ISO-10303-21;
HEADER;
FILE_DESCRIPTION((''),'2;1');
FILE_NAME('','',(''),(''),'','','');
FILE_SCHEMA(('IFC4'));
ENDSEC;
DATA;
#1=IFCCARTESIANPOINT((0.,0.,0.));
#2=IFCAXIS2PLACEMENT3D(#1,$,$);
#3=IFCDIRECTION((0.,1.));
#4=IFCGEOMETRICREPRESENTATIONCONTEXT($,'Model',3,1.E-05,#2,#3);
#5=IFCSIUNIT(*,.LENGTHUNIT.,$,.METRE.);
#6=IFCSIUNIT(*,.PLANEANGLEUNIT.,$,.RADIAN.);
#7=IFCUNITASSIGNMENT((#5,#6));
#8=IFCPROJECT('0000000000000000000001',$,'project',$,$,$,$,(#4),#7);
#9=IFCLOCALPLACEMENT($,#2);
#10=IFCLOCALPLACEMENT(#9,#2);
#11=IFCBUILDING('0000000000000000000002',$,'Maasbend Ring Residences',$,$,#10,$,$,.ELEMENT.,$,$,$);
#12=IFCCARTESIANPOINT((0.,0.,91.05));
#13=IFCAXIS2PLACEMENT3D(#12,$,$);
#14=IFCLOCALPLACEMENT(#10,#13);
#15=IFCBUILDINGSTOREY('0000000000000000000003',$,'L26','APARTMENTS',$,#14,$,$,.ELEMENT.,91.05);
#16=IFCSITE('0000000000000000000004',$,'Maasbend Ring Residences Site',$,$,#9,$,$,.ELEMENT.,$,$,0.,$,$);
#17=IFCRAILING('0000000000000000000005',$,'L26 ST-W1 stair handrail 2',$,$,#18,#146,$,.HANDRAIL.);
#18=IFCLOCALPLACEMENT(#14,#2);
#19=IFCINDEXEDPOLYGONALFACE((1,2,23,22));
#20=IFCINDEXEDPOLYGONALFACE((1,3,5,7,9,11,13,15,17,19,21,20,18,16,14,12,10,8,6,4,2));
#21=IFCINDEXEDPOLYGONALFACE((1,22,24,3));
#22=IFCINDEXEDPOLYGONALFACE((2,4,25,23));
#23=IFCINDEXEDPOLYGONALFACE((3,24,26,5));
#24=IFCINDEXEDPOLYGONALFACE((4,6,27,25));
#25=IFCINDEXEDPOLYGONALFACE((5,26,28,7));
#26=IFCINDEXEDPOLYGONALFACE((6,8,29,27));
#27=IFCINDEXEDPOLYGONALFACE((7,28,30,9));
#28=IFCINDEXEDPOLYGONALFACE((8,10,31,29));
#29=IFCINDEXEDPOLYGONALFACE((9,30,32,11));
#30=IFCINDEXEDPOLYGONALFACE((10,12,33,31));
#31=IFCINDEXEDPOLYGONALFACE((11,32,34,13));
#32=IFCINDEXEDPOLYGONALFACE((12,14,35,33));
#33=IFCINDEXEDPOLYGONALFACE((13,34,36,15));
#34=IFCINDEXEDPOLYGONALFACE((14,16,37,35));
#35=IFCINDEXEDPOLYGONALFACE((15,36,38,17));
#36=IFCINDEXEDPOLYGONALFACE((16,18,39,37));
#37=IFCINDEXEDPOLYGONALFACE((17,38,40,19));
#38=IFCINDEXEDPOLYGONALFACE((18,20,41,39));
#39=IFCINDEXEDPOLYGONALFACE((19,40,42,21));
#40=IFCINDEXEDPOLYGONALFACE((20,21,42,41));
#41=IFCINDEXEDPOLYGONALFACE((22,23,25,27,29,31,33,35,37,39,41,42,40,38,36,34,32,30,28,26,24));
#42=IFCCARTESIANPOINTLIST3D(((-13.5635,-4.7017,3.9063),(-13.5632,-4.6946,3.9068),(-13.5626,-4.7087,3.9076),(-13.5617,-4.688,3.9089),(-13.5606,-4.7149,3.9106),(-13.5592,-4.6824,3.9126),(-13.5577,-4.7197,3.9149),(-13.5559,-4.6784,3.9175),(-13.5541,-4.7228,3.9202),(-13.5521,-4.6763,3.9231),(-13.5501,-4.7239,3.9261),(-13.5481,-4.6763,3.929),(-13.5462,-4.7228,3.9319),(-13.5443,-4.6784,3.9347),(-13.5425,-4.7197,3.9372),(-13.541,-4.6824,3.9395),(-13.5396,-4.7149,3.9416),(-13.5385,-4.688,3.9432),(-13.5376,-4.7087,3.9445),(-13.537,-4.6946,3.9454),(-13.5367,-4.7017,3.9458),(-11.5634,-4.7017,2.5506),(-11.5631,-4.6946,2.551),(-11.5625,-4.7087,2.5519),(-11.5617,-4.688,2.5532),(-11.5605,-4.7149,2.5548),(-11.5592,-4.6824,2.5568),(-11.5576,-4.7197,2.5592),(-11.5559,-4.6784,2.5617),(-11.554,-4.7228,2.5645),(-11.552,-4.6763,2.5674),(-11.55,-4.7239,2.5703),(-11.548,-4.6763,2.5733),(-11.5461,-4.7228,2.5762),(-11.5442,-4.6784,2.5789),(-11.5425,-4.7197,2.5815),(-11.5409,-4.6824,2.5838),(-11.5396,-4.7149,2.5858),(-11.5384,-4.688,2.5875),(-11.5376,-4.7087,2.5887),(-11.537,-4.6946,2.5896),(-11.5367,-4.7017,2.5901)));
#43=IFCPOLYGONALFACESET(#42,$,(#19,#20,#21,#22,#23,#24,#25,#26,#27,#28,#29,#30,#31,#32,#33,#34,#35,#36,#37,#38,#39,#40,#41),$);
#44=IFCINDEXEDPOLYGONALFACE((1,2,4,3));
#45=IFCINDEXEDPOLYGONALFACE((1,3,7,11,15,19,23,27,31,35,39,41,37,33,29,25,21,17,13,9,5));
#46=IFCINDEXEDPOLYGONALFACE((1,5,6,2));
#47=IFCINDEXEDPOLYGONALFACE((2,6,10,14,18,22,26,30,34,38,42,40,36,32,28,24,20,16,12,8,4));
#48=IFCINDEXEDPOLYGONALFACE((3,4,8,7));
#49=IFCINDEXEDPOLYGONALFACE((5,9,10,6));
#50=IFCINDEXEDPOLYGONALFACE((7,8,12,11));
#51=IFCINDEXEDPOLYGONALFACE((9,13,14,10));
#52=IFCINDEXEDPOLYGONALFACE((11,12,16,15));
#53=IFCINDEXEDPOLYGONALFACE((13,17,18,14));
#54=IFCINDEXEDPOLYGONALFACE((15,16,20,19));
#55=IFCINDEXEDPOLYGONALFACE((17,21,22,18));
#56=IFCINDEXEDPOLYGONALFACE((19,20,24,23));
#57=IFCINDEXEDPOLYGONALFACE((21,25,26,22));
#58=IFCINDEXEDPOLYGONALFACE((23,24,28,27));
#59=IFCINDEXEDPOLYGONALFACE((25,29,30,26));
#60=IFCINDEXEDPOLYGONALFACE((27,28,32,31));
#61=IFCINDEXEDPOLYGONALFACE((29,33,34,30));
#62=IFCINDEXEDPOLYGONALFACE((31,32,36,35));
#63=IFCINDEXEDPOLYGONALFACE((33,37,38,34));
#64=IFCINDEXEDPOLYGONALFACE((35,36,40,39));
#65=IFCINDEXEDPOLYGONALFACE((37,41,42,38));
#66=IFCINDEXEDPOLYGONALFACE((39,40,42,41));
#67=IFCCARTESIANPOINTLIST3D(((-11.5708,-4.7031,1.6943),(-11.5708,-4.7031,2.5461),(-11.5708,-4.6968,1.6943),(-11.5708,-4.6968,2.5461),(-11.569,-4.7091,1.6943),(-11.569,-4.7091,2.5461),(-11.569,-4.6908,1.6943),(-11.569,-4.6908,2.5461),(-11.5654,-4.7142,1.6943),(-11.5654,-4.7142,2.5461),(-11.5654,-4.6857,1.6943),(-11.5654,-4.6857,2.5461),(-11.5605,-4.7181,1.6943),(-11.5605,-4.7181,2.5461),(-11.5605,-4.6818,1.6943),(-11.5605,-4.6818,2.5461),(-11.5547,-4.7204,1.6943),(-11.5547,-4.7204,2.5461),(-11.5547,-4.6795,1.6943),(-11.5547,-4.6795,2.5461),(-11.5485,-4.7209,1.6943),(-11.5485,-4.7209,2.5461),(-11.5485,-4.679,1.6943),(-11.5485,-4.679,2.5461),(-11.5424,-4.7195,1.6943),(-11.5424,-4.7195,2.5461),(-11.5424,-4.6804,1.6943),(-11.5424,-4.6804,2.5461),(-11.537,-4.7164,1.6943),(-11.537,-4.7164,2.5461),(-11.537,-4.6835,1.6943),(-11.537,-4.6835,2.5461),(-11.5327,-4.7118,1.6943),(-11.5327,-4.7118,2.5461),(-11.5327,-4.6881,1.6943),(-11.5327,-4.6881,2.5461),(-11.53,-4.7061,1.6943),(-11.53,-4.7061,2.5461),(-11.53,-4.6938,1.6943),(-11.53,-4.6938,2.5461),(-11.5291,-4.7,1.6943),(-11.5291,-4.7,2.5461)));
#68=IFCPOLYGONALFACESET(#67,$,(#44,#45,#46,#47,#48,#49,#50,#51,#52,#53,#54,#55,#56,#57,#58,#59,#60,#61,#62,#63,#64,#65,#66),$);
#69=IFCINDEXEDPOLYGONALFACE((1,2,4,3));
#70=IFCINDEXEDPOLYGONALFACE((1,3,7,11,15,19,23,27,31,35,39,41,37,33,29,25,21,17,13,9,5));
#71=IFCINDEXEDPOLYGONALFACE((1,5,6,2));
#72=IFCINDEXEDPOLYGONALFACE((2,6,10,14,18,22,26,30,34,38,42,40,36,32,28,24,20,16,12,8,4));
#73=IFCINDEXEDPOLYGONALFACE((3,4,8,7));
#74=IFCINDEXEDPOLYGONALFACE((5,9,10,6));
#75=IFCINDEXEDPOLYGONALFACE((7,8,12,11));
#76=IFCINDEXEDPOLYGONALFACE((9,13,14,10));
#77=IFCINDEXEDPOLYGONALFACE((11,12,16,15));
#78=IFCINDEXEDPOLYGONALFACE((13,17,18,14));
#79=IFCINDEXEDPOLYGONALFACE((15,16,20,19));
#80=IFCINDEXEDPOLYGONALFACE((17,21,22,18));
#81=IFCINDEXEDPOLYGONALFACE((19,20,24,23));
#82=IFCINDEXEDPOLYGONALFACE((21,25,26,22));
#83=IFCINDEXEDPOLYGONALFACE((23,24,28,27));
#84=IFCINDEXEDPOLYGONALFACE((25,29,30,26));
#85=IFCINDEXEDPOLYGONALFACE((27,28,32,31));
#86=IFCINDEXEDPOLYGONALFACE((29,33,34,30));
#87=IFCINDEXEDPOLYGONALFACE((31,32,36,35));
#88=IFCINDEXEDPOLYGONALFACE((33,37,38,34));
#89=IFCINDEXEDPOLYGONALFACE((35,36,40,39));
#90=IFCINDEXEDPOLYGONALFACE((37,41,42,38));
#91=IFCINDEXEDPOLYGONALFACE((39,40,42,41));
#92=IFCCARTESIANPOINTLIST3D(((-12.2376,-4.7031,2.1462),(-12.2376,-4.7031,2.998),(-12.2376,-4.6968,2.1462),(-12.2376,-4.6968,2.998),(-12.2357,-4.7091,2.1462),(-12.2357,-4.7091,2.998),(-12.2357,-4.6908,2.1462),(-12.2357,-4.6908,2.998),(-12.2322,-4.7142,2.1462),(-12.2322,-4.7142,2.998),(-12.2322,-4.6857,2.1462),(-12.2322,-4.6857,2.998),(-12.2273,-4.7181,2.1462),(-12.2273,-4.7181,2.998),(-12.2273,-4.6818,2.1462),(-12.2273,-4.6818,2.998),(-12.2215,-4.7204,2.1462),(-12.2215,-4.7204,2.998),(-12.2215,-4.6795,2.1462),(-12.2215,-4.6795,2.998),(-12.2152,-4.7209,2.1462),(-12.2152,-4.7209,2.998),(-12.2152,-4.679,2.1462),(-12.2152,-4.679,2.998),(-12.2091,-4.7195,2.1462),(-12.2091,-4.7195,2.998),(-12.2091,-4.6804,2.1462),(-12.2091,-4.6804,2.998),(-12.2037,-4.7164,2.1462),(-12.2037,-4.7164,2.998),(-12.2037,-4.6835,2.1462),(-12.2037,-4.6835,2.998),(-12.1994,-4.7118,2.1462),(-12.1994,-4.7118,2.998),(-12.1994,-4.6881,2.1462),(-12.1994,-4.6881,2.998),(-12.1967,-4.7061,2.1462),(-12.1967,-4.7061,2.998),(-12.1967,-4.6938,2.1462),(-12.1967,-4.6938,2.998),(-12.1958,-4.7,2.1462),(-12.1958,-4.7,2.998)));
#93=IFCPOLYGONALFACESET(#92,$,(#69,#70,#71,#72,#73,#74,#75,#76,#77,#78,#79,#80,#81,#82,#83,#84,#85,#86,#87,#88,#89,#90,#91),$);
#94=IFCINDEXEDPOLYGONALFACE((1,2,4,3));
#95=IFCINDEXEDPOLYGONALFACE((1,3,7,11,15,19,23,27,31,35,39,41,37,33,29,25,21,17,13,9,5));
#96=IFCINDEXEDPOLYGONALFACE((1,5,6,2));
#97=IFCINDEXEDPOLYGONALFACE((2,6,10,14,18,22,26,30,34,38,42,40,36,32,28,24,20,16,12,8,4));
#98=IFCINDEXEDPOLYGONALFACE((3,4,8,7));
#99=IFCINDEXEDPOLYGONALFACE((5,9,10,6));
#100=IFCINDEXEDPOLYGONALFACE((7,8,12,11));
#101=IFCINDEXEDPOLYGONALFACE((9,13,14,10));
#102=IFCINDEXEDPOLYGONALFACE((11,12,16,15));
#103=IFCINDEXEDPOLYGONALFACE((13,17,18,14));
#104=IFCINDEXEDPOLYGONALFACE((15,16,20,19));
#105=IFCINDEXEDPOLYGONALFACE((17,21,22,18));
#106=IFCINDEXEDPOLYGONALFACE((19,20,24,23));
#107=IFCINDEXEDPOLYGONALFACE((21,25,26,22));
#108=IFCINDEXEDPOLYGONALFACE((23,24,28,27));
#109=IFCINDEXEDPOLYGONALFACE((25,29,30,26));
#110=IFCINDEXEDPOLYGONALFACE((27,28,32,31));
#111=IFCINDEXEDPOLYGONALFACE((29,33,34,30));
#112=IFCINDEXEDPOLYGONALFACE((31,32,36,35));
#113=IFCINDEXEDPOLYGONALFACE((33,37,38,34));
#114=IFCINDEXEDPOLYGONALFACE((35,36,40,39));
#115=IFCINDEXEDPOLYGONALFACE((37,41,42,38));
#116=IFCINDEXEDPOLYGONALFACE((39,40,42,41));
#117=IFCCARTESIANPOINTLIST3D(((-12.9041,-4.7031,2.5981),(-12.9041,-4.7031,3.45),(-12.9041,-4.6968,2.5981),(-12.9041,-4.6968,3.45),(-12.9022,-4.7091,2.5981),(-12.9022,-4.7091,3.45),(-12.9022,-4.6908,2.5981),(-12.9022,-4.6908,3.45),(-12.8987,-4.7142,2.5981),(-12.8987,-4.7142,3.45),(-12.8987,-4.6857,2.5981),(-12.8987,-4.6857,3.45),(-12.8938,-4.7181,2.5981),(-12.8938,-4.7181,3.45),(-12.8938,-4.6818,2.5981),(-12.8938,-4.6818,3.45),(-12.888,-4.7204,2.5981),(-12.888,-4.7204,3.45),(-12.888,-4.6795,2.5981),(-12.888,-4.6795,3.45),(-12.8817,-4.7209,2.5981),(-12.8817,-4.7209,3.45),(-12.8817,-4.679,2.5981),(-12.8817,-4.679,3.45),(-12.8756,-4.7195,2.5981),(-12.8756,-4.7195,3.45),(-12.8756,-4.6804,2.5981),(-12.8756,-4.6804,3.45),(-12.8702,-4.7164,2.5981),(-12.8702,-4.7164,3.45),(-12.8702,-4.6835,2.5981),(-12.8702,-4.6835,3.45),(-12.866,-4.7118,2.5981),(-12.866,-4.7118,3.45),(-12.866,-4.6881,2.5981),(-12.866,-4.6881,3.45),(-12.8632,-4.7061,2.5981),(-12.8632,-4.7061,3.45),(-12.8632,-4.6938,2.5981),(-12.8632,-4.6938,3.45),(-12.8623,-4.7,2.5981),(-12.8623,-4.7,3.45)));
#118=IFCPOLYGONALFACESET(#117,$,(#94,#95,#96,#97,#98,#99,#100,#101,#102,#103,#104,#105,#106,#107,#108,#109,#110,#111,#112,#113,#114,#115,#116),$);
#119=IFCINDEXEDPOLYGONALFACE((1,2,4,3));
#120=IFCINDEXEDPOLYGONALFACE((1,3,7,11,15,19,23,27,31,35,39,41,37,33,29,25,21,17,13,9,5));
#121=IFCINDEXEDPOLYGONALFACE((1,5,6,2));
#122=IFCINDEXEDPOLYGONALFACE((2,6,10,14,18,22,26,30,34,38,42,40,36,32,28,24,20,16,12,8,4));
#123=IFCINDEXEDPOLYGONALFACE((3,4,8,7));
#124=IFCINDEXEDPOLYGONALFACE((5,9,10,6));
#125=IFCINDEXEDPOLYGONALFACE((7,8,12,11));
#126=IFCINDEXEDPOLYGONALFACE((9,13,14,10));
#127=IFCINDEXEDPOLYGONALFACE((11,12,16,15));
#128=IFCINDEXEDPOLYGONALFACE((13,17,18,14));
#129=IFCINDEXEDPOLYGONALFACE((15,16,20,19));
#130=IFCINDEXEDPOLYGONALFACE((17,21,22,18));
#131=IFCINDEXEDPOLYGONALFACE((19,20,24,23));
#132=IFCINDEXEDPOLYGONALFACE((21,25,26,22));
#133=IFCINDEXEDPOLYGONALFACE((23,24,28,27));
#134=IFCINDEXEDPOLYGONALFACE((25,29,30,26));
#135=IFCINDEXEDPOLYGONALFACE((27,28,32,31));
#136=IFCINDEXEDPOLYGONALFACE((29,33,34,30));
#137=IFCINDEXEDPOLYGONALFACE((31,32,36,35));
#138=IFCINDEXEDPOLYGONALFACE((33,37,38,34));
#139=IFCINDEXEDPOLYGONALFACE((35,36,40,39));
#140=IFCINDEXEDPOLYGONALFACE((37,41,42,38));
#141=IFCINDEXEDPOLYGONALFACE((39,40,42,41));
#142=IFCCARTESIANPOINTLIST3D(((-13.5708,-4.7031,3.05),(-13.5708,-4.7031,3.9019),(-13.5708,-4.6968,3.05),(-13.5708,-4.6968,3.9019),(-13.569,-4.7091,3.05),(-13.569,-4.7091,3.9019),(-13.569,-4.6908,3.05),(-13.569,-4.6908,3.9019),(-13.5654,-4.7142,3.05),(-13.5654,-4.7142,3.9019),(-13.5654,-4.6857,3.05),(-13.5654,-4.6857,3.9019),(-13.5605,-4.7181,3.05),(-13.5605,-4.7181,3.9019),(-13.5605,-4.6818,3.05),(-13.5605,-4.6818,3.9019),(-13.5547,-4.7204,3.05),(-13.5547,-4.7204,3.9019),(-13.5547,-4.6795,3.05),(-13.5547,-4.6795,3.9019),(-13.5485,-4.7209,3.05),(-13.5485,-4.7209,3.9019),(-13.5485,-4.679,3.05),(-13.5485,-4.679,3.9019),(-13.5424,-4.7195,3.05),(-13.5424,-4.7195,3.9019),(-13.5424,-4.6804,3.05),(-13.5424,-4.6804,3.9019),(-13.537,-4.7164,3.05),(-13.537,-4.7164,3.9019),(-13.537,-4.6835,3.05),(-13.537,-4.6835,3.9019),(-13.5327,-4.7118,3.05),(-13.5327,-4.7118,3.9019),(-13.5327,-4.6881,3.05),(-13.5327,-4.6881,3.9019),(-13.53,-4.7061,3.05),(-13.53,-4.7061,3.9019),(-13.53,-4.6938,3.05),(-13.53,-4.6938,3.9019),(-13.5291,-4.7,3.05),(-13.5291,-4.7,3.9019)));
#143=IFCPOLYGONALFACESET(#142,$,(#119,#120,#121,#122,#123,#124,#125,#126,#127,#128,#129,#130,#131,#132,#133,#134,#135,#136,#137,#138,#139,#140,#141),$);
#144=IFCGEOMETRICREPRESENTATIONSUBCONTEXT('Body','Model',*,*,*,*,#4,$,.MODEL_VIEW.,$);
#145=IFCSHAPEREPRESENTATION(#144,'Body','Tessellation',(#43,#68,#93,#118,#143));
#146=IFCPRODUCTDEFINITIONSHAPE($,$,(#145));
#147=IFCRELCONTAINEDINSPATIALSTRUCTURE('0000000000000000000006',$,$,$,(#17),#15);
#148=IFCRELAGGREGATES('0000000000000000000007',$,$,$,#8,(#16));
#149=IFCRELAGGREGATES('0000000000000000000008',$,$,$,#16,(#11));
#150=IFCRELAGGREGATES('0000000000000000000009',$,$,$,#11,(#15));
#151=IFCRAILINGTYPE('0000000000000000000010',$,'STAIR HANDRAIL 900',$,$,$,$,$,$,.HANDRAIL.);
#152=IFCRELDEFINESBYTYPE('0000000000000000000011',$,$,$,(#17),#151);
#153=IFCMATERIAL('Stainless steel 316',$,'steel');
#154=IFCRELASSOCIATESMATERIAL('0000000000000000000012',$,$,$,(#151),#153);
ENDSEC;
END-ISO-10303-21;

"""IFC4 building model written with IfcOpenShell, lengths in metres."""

from ifc_helpers import new_model, si_unit, direction, frame, origin, origin_2d, place, context, subcontext, project, spatial, circle, extrude, material, type_object, element, save


model = new_model("IFC4")

# Units and contexts
model_context = context("Model", 3, precision=1e-05, world=origin(), true_north=direction((0.0, 1.0)))
body_context = subcontext(model_context, "Body", "Model", "MODEL_VIEW")
ifc_project = project(units=[si_unit("LENGTHUNIT", "METRE"), si_unit("PLANEANGLEUNIT", "RADIAN")], contexts=[model_context])

# Site, building, storey
site_placement = place(None, origin())
site = spatial("IfcSite", under=ifc_project, at=site_placement, Name="Maasbend Ring Residences Site", CompositionType="ELEMENT", RefElevation=0.0)
building_placement = place(site_placement, origin())
building = spatial("IfcBuilding", under=site, at=building_placement, Name="Maasbend Ring Residences", CompositionType="ELEMENT")
storey_placement = place(building_placement, frame((0.0, 0.0, 91.05)))
storey = spatial("IfcBuildingStorey", under=building, at=storey_placement, Name="L26", Description="APARTMENTS", CompositionType="ELEMENT", Elevation=91.05)

# Railing
ifc_material_1 = material(Name="Stainless steel 316", Category="steel")
railing_type_1 = type_object("IfcRailingType", Name="STAIR HANDRAIL 900", PredefinedType="HANDRAIL", material=ifc_material_1)
railing_1_placement = place(storey_placement, frame((-11.55, -4.7, 1.6943)))
element("IfcRailing", 1, at=railing_1_placement, inside=storey, type_object=railing_type_1, Name="L26 ST-W1 stair handrail 2", PredefinedType="HANDRAIL", context=body_context, shape_type="SweptSolid", body=[
    extrude(circle(Radius=0.0239, at=origin_2d()), frame((0.0, 0.0, 0.876), z_axis=(-0.827751, 0.0, 0.561096), x_axis=(0.0, -1.0, 0.0)), (0.0, 0.0, 1.0), 2.4163),
    extrude(circle(Radius=0.021, at=origin_2d()), origin(), (0.0, 0.0, 1.0), 0.8518),
    extrude(circle(Radius=0.021, at=origin_2d()), frame((-0.6667, 0.0, 0.4519)), (0.0, 0.0, 1.0), 0.8518),
    extrude(circle(Radius=0.021, at=origin_2d()), frame((-1.3333, 0.0, 0.9038)), (0.0, 0.0, 1.0), 0.8518),
    extrude(circle(Radius=0.021, at=origin_2d()), frame((-2.0, 0.0, 1.3557)), (0.0, 0.0, 1.0), 0.8518),
])

save(model, "model.ifc")
